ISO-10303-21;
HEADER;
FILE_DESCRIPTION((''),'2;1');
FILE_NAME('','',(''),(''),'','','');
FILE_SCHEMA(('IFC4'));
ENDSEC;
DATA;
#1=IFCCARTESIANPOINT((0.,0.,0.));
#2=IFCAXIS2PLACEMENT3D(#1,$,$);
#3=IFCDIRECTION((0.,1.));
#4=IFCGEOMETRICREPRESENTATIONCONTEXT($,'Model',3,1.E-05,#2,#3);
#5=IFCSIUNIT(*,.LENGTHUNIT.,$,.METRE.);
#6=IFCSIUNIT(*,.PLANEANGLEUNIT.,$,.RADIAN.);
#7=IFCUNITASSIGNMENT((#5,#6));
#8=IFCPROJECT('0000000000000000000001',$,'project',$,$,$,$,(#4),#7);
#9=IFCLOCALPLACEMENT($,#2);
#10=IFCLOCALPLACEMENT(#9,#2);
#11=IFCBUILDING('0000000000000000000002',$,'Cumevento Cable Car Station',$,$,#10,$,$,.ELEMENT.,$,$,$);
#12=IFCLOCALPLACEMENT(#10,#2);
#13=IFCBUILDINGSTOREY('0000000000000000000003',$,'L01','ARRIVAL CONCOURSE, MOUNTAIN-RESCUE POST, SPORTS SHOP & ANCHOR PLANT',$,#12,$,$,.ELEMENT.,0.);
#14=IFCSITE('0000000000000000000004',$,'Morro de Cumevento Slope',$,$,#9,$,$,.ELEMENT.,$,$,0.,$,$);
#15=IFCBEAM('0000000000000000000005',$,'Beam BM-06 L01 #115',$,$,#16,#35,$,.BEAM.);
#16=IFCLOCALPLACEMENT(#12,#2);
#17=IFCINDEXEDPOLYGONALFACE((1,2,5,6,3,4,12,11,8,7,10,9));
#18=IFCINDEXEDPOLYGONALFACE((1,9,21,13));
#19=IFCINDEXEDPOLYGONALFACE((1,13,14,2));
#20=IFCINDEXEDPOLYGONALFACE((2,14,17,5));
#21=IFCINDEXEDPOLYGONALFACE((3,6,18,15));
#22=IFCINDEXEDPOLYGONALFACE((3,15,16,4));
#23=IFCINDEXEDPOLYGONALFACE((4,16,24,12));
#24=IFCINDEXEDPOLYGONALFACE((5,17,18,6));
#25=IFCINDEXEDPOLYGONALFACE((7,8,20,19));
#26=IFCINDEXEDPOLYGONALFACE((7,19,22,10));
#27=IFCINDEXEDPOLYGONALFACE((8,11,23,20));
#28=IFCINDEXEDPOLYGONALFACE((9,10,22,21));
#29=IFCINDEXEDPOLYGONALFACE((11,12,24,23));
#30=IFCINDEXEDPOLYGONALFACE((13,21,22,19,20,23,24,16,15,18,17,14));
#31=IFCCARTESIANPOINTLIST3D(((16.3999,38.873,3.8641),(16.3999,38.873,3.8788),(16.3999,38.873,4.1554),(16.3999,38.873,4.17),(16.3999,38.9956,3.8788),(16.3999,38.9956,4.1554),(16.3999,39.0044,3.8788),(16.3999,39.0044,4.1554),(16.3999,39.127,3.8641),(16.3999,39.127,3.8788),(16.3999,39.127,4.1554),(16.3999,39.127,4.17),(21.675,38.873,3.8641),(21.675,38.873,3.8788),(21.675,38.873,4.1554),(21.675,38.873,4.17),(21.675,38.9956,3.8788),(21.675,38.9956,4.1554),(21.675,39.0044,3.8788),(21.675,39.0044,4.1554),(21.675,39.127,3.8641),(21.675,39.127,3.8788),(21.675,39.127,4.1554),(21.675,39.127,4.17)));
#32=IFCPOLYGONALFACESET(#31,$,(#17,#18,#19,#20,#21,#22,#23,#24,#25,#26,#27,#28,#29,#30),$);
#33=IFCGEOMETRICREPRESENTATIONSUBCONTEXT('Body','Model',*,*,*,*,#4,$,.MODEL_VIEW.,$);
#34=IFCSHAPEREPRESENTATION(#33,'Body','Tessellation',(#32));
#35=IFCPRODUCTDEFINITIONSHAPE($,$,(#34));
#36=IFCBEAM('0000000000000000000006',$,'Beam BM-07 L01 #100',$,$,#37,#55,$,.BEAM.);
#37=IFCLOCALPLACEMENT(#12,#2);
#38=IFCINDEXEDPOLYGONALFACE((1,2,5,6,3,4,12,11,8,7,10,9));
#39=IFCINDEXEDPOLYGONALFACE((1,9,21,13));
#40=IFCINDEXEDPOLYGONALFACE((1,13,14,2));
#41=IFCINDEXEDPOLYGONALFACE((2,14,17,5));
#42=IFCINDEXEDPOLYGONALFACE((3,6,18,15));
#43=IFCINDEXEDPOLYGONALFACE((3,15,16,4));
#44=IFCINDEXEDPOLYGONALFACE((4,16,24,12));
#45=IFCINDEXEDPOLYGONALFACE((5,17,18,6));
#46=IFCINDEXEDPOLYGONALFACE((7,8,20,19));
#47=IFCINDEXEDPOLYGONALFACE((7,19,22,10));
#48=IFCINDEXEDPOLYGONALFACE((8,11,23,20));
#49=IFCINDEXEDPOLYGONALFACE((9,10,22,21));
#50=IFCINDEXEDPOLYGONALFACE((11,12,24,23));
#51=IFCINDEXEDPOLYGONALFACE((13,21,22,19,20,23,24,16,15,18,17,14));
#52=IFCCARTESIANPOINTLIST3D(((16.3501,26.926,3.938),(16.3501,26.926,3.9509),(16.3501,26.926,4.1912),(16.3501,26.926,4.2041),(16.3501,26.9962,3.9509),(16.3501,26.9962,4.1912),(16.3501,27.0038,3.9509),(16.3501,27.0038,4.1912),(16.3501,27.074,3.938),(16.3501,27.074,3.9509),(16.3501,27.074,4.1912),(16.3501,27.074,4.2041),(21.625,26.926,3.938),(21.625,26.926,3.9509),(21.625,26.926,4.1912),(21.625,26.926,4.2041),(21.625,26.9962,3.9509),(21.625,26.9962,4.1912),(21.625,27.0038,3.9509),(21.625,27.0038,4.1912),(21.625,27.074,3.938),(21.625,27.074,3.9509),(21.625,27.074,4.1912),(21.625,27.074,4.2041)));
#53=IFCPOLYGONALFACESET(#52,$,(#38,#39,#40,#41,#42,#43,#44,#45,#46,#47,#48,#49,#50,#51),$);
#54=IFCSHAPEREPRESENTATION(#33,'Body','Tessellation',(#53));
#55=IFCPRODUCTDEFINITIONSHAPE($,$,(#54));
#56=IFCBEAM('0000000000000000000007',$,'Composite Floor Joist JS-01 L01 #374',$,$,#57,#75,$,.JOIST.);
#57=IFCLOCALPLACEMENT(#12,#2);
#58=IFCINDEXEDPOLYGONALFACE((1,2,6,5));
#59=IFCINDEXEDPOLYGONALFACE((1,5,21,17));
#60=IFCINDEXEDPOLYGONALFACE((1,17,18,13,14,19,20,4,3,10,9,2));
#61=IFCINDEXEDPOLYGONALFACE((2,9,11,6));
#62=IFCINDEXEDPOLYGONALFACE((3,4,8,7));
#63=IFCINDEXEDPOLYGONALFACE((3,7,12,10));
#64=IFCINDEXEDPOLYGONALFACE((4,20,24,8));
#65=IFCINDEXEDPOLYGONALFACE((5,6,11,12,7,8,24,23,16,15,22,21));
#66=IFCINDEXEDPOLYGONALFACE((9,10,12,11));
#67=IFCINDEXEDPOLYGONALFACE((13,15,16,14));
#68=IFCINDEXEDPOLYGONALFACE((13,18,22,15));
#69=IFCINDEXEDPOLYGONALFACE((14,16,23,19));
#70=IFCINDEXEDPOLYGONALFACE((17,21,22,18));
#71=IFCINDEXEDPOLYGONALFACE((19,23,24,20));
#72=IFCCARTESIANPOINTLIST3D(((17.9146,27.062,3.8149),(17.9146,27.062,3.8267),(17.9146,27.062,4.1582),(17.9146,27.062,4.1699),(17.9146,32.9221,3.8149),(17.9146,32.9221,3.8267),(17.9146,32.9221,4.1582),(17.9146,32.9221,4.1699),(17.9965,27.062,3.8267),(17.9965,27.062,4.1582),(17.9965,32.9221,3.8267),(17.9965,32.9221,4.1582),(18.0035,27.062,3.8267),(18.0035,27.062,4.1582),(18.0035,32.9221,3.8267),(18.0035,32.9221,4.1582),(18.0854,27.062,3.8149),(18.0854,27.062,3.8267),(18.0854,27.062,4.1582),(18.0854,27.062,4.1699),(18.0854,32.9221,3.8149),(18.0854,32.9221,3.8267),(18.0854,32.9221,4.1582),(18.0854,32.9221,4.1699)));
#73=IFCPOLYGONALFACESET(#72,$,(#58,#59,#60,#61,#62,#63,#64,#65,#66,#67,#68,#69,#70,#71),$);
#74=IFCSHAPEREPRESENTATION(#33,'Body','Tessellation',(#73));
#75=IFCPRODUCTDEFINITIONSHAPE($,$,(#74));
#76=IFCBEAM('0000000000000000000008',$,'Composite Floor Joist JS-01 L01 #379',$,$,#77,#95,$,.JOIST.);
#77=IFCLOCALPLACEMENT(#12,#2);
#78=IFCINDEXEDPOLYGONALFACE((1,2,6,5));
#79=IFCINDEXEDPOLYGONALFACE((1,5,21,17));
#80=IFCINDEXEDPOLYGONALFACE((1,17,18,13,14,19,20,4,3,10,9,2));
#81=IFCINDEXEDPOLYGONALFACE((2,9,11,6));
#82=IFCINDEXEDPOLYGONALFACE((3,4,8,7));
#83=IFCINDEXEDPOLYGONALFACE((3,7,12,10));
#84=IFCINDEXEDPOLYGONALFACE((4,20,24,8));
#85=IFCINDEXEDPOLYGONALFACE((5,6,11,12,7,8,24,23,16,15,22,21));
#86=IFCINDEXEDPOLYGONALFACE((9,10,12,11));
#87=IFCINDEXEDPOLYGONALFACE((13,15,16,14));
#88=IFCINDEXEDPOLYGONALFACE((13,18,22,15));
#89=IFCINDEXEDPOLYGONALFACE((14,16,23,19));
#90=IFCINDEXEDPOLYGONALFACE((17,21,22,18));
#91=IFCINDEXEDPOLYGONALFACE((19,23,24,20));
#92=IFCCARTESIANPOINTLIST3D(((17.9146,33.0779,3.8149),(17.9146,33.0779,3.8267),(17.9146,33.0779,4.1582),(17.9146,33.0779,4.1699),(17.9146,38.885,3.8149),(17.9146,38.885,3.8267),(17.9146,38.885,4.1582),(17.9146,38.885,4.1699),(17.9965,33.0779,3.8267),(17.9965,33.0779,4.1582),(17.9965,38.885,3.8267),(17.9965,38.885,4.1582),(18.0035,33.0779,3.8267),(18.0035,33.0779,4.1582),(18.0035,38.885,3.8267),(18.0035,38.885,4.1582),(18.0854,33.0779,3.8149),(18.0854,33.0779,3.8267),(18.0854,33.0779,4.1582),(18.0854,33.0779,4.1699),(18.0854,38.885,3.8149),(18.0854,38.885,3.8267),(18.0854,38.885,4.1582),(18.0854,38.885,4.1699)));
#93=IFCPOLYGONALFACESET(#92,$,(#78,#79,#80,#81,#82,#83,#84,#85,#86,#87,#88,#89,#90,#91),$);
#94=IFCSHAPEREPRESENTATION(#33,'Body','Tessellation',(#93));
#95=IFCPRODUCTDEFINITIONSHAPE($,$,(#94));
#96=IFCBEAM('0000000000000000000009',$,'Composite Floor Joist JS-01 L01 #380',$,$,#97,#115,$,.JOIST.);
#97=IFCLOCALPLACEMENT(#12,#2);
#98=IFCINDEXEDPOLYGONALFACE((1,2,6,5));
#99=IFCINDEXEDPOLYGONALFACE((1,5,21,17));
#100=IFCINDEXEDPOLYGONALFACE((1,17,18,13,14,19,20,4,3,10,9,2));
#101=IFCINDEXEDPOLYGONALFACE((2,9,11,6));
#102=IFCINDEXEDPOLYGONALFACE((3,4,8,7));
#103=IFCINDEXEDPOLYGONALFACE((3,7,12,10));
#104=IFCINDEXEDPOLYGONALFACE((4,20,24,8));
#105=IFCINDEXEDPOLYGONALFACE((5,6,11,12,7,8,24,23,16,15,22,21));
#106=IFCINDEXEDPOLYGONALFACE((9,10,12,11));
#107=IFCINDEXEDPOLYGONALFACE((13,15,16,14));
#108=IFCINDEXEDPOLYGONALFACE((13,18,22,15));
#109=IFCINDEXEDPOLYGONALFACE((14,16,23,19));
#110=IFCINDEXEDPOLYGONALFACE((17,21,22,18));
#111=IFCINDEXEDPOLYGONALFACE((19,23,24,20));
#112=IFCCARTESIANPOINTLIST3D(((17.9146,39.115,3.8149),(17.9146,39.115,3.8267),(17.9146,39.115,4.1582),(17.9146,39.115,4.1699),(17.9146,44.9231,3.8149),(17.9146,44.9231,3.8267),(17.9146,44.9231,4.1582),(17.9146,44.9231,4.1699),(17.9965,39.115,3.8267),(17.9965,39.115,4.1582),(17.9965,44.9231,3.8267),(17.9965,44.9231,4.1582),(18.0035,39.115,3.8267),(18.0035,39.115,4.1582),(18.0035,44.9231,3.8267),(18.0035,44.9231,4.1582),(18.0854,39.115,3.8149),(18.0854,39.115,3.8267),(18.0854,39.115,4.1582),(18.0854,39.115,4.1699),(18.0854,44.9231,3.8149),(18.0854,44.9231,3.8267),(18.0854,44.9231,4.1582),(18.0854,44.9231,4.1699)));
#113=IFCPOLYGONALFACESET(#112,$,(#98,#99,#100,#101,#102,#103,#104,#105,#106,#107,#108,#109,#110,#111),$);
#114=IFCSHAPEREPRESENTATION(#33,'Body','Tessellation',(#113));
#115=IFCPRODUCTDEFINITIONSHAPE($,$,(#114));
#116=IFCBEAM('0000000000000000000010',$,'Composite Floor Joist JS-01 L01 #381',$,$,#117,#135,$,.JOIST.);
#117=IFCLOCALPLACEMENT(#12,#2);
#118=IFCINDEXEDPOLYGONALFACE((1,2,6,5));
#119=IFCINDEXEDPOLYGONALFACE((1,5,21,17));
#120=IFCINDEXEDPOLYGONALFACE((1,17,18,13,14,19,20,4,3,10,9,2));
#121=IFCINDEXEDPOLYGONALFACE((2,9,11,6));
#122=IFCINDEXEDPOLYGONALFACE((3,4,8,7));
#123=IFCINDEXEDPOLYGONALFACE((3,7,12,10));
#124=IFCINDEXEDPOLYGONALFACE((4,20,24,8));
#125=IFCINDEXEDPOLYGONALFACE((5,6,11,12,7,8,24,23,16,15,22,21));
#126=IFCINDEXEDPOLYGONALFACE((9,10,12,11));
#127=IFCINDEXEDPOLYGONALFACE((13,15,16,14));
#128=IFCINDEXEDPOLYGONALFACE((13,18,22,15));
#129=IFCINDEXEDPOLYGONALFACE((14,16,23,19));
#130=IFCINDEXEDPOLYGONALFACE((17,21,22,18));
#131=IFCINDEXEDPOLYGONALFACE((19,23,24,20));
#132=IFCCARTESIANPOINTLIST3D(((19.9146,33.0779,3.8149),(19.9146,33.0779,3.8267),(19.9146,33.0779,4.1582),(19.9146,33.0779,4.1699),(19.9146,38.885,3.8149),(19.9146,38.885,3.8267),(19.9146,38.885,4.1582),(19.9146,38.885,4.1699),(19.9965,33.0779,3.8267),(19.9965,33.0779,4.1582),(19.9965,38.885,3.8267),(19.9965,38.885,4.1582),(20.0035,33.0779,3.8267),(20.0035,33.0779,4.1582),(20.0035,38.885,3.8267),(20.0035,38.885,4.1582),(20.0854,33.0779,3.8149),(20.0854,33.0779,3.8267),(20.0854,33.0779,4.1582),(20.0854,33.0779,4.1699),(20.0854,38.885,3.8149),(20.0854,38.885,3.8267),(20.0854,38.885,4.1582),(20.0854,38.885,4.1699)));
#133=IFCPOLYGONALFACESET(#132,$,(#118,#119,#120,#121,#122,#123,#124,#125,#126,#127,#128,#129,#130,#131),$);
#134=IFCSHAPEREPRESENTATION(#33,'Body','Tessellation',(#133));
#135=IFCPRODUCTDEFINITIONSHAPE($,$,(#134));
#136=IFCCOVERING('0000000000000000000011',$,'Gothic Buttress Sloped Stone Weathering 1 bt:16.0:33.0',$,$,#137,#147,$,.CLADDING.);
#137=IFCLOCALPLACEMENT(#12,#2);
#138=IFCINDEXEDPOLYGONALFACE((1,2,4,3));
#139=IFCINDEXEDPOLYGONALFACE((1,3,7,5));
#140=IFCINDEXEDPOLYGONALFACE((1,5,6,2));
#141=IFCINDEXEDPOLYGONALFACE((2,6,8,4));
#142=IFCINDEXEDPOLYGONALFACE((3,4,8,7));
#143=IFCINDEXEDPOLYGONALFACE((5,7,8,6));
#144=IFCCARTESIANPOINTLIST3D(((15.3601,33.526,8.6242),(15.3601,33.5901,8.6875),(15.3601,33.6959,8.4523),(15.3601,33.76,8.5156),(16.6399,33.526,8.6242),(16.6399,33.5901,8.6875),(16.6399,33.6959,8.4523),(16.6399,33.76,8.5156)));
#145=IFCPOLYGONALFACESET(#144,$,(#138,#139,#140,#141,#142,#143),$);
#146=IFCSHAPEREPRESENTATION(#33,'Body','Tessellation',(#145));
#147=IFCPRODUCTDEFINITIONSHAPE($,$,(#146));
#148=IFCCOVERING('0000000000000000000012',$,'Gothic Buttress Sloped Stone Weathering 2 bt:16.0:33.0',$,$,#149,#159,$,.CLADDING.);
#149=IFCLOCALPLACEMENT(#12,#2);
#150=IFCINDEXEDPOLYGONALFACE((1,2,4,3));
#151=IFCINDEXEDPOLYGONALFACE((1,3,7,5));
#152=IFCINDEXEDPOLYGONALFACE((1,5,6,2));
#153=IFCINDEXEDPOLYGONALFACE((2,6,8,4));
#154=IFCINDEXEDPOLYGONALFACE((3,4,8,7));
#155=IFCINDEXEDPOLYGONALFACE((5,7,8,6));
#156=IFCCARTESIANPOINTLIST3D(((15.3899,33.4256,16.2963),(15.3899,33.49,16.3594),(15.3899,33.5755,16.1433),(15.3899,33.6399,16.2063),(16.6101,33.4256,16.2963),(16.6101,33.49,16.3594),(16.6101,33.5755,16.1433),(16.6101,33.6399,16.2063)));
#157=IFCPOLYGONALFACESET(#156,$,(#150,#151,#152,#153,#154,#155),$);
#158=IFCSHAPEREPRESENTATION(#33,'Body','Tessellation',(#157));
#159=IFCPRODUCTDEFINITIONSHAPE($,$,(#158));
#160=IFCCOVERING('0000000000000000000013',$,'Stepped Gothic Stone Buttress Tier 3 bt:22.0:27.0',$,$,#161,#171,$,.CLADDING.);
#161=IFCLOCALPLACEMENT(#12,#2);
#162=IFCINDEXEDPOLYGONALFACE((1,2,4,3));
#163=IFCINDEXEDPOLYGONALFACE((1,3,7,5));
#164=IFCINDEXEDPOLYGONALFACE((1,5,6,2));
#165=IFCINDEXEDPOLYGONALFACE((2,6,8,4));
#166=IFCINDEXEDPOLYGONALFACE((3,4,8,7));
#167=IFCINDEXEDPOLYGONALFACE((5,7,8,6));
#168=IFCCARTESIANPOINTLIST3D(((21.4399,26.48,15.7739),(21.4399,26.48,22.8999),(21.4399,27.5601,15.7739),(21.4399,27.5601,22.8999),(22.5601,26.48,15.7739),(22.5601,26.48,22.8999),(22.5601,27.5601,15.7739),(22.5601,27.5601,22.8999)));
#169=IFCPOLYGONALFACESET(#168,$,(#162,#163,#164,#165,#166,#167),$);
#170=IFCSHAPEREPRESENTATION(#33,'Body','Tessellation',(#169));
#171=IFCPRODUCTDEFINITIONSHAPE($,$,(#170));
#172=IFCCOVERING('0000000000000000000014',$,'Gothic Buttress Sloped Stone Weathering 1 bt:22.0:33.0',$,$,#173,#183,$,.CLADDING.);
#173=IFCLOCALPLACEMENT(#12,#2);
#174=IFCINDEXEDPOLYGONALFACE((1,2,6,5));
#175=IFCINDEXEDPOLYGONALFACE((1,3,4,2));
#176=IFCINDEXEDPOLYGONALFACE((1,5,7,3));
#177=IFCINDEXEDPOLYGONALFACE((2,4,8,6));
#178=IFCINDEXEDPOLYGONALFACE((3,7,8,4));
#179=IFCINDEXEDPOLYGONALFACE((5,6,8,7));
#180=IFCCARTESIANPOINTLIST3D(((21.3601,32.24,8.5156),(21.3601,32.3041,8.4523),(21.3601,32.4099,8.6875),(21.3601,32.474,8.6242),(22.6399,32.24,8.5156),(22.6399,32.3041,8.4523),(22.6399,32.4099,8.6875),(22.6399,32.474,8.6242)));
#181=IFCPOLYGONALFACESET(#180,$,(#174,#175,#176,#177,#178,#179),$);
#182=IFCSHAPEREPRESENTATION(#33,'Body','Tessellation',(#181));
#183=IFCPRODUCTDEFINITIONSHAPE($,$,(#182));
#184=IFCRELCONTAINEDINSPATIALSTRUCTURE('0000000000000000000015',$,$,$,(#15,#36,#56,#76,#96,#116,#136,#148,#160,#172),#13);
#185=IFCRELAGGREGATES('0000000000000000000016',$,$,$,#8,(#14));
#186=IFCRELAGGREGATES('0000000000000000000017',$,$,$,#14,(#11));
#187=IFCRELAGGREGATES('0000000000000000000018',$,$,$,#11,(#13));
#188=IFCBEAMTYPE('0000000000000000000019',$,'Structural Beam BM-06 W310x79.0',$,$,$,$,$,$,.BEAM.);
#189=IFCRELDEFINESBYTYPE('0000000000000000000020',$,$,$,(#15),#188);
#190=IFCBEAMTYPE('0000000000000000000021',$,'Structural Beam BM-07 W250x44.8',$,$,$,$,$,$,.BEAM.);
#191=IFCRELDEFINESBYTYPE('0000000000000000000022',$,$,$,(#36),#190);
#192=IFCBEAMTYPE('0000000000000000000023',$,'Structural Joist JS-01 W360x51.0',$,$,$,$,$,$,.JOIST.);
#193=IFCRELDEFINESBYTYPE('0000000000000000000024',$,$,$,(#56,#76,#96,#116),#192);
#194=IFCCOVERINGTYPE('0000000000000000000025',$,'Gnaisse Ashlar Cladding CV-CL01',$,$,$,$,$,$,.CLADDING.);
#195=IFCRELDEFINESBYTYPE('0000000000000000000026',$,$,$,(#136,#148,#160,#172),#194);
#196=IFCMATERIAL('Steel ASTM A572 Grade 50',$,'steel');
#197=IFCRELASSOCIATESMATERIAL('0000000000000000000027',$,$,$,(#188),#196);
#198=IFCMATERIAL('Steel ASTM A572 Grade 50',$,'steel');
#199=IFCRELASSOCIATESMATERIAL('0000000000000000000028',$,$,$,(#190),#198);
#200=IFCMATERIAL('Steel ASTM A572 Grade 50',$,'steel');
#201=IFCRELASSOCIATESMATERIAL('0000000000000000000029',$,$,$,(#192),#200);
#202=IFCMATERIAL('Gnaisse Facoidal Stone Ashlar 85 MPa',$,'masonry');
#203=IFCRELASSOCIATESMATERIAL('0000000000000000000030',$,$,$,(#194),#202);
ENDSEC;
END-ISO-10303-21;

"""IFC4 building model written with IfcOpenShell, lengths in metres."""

from ifc_helpers import new_model, si_unit, direction, frame, origin, origin_2d, place, context, subcontext, project, spatial, polyline, rectangle, i_section, outline, extrude, material, material_profile, profile_set, type_object, element, save


model = new_model("IFC4")

# Units and contexts
model_context = context("Model", 3, precision=1e-05, world=origin(), true_north=direction((0.0, 1.0)))
body_context = subcontext(model_context, "Body", "Model", "MODEL_VIEW")
ifc_project = project(units=[si_unit("LENGTHUNIT", "METRE"), si_unit("PLANEANGLEUNIT", "RADIAN")], contexts=[model_context])

# Site, building, storey
site_placement = place(None, origin())
site = spatial("IfcSite", under=ifc_project, at=site_placement, Name="Morro de Cumevento Slope", CompositionType="ELEMENT", RefElevation=0.0)
building_placement = place(site_placement, origin())
building = spatial("IfcBuilding", under=site, at=building_placement, Name="Cumevento Cable Car Station", CompositionType="ELEMENT")
storey_placement = place(building_placement, origin())
storey = spatial("IfcBuildingStorey", under=building, at=storey_placement, Name="L01", Description="ARRIVAL CONCOURSE, MOUNTAIN-RESCUE POST, SPORTS SHOP & ANCHOR PLANT", CompositionType="ELEMENT", Elevation=0.0)

# Beams
ifc_material_1 = material(Name="Steel ASTM A572 Grade 50", Category="steel")
ifc_material_profile_1 = material_profile(ifc_material_1, i_section(OverallWidth=0.2539, OverallDepth=0.3059, WebThickness=0.0088, FlangeThickness=0.0146, at=origin_2d()), Name="W310x79.0")
ifc_profile_set_1 = profile_set([ifc_material_profile_1], Name="Steel ASTM A572 Grade 50")
beam_type_1 = type_object("IfcBeamType", Name="Structural Beam BM-06 W310x79.0", PredefinedType="BEAM", material=ifc_profile_set_1)
beam_1_placement = place(storey_placement, frame((16.3999, 39.0, 4.0171), z_axis=(1.0, 0.0, 0.0), x_axis=(0.0, 1.0, 0.0)))
element("IfcBeam", 1, at=beam_1_placement, inside=storey, type_object=beam_type_1, Name="Beam BM-06 L01 #115", PredefinedType="BEAM", context=body_context, shape_type="SweptSolid", body=[
    extrude(i_section(OverallWidth=0.2539, OverallDepth=0.3059, WebThickness=0.0088, FlangeThickness=0.0146, at=origin_2d()), origin(), (0.0, 0.0, 1.0), 5.2751),
])
ifc_material_2 = material(Name="Steel ASTM A572 Grade 50", Category="steel")
ifc_material_profile_2 = material_profile(ifc_material_2, i_section(OverallWidth=0.1479, OverallDepth=0.2661, WebThickness=0.0076, FlangeThickness=0.0129, at=origin_2d()), Name="W250x44.8")
ifc_profile_set_2 = profile_set([ifc_material_profile_2], Name="Steel ASTM A572 Grade 50")
beam_type_2 = type_object("IfcBeamType", Name="Structural Beam BM-07 W250x44.8", PredefinedType="BEAM", material=ifc_profile_set_2)
beam_2_placement = place(storey_placement, frame((16.3501, 27.0, 4.071), z_axis=(1.0, 0.0, 0.0), x_axis=(0.0, 1.0, 0.0)))
element("IfcBeam", 2, at=beam_2_placement, inside=storey, type_object=beam_type_2, Name="Beam BM-07 L01 #100", PredefinedType="BEAM", context=body_context, shape_type="SweptSolid", body=[
    extrude(i_section(OverallWidth=0.1479, OverallDepth=0.2661, WebThickness=0.0076, FlangeThickness=0.0129, at=origin_2d()), origin(), (0.0, 0.0, 1.0), 5.2749),
])
ifc_material_3 = material(Name="Steel ASTM A572 Grade 50", Category="steel")
ifc_material_profile_3 = material_profile(ifc_material_3, i_section(OverallWidth=0.1709, OverallDepth=0.355, WebThickness=0.0071, FlangeThickness=0.0117, at=origin_2d()), Name="W360x51.0")
ifc_profile_set_3 = profile_set([ifc_material_profile_3], Name="Steel ASTM A572 Grade 50")
beam_type_3 = type_object("IfcBeamType", Name="Structural Joist JS-01 W360x51.0", PredefinedType="JOIST", material=ifc_profile_set_3)
beam_3_placement = place(storey_placement, frame((18.0, 27.062, 3.9924), z_axis=(0.0, 1.0, 0.0), x_axis=(-1.0, 0.0, 0.0)))
element("IfcBeam", 3, at=beam_3_placement, inside=storey, type_object=beam_type_3, Name="Composite Floor Joist JS-01 L01 #374", PredefinedType="JOIST", context=body_context, shape_type="SweptSolid", body=[
    extrude(i_section(OverallWidth=0.1709, OverallDepth=0.355, WebThickness=0.0071, FlangeThickness=0.0117, at=origin_2d()), origin(), (0.0, 0.0, 1.0), 5.8601),
])
beam_4_placement = place(storey_placement, frame((18.0, 33.0779, 3.9924), z_axis=(0.0, 1.0, 0.0), x_axis=(-1.0, 0.0, 0.0)))
element("IfcBeam", 4, at=beam_4_placement, inside=storey, type_object=beam_type_3, Name="Composite Floor Joist JS-01 L01 #379", PredefinedType="JOIST", context=body_context, shape_type="SweptSolid", body=[
    extrude(i_section(OverallWidth=0.1709, OverallDepth=0.355, WebThickness=0.0071, FlangeThickness=0.0117, at=origin_2d()), origin(), (0.0, 0.0, 1.0), 5.8071),
])
beam_5_placement = place(storey_placement, frame((18.0, 39.115, 3.9924), z_axis=(0.0, 1.0, 0.0), x_axis=(-1.0, 0.0, 0.0)))
element("IfcBeam", 5, at=beam_5_placement, inside=storey, type_object=beam_type_3, Name="Composite Floor Joist JS-01 L01 #380", PredefinedType="JOIST", context=body_context, shape_type="SweptSolid", body=[
    extrude(i_section(OverallWidth=0.1709, OverallDepth=0.355, WebThickness=0.0071, FlangeThickness=0.0117, at=origin_2d()), origin(), (0.0, 0.0, 1.0), 5.8081),
])
beam_6_placement = place(storey_placement, frame((20.0, 33.0779, 3.9924), z_axis=(0.0, 1.0, 0.0), x_axis=(-1.0, 0.0, 0.0)))
element("IfcBeam", 6, at=beam_6_placement, inside=storey, type_object=beam_type_3, Name="Composite Floor Joist JS-01 L01 #381", PredefinedType="JOIST", context=body_context, shape_type="SweptSolid", body=[
    extrude(i_section(OverallWidth=0.1709, OverallDepth=0.355, WebThickness=0.0071, FlangeThickness=0.0117, at=origin_2d()), origin(), (0.0, 0.0, 1.0), 5.8071),
])

# Coverings
ifc_material_4 = material(Name="Gnaisse Facoidal Stone Ashlar 85 MPa", Category="masonry")
covering_type = type_object("IfcCoveringType", Name="Gnaisse Ashlar Cladding CV-CL01", PredefinedType="CLADDING", material=ifc_material_4)
covering_1_placement = place(storey_placement, frame((16.6399, 33.76, 8.5156), z_axis=(0.0, 0.711136, 0.703055), x_axis=(-1.0, 0.0, 0.0)))
element("IfcCovering", 7, at=covering_1_placement, inside=storey, type_object=covering_type, Name="Gothic Buttress Sloped Stone Weathering 1 bt:16.0:33.0", PredefinedType="CLADDING", context=body_context, shape_type="SweptSolid", body=[
    extrude(outline(polyline([(0.0, 0.0), (1.2798, 0.0), (1.2798, 0.2417), (0.0, 0.2417), (0.0, 0.0)])), origin(), (0.0, 0.0, -1.0), 0.0901),
])
covering_2_placement = place(storey_placement, frame((16.6101, 33.6399, 16.2063), z_axis=(0.0, 0.714475, 0.699661), x_axis=(-1.0, 0.0, 0.0)))
element("IfcCovering", 8, at=covering_2_placement, inside=storey, type_object=covering_type, Name="Gothic Buttress Sloped Stone Weathering 2 bt:16.0:33.0", PredefinedType="CLADDING", context=body_context, shape_type="SweptSolid", body=[
    extrude(outline(polyline([(0.0, 0.0), (1.2202, 0.0), (1.2202, 0.2142), (0.0, 0.2142), (0.0, 0.0)])), origin(), (0.0, 0.0, -1.0), 0.0901),
])
covering_3_placement = place(storey_placement, frame((22.0, 27.02, 15.7739), z_axis=(0.0, 0.0, 1.0), x_axis=(1.0, 0.0, 0.0)))
element("IfcCovering", 9, at=covering_3_placement, inside=storey, type_object=covering_type, Name="Stepped Gothic Stone Buttress Tier 3 bt:22.0:27.0", PredefinedType="CLADDING", context=body_context, shape_type="SweptSolid", body=[
    extrude(rectangle(XDim=1.1201, YDim=1.0801, at=origin_2d()), origin(), (0.0, 0.0, 1.0), 7.126),
])
covering_4_placement = place(storey_placement, frame((21.3601, 32.24, 8.5156), z_axis=(0.0, -0.711136, 0.703055), x_axis=(1.0, 0.0, 0.0)))
element("IfcCovering", 10, at=covering_4_placement, inside=storey, type_object=covering_type, Name="Gothic Buttress Sloped Stone Weathering 1 bt:22.0:33.0", PredefinedType="CLADDING", context=body_context, shape_type="SweptSolid", body=[
    extrude(outline(polyline([(0.0, 0.0), (1.2798, 0.0), (1.2798, 0.2417), (0.0, 0.2417), (0.0, 0.0)])), origin(), (0.0, 0.0, -1.0), 0.0901),
])

save(model, "model.ifc")
